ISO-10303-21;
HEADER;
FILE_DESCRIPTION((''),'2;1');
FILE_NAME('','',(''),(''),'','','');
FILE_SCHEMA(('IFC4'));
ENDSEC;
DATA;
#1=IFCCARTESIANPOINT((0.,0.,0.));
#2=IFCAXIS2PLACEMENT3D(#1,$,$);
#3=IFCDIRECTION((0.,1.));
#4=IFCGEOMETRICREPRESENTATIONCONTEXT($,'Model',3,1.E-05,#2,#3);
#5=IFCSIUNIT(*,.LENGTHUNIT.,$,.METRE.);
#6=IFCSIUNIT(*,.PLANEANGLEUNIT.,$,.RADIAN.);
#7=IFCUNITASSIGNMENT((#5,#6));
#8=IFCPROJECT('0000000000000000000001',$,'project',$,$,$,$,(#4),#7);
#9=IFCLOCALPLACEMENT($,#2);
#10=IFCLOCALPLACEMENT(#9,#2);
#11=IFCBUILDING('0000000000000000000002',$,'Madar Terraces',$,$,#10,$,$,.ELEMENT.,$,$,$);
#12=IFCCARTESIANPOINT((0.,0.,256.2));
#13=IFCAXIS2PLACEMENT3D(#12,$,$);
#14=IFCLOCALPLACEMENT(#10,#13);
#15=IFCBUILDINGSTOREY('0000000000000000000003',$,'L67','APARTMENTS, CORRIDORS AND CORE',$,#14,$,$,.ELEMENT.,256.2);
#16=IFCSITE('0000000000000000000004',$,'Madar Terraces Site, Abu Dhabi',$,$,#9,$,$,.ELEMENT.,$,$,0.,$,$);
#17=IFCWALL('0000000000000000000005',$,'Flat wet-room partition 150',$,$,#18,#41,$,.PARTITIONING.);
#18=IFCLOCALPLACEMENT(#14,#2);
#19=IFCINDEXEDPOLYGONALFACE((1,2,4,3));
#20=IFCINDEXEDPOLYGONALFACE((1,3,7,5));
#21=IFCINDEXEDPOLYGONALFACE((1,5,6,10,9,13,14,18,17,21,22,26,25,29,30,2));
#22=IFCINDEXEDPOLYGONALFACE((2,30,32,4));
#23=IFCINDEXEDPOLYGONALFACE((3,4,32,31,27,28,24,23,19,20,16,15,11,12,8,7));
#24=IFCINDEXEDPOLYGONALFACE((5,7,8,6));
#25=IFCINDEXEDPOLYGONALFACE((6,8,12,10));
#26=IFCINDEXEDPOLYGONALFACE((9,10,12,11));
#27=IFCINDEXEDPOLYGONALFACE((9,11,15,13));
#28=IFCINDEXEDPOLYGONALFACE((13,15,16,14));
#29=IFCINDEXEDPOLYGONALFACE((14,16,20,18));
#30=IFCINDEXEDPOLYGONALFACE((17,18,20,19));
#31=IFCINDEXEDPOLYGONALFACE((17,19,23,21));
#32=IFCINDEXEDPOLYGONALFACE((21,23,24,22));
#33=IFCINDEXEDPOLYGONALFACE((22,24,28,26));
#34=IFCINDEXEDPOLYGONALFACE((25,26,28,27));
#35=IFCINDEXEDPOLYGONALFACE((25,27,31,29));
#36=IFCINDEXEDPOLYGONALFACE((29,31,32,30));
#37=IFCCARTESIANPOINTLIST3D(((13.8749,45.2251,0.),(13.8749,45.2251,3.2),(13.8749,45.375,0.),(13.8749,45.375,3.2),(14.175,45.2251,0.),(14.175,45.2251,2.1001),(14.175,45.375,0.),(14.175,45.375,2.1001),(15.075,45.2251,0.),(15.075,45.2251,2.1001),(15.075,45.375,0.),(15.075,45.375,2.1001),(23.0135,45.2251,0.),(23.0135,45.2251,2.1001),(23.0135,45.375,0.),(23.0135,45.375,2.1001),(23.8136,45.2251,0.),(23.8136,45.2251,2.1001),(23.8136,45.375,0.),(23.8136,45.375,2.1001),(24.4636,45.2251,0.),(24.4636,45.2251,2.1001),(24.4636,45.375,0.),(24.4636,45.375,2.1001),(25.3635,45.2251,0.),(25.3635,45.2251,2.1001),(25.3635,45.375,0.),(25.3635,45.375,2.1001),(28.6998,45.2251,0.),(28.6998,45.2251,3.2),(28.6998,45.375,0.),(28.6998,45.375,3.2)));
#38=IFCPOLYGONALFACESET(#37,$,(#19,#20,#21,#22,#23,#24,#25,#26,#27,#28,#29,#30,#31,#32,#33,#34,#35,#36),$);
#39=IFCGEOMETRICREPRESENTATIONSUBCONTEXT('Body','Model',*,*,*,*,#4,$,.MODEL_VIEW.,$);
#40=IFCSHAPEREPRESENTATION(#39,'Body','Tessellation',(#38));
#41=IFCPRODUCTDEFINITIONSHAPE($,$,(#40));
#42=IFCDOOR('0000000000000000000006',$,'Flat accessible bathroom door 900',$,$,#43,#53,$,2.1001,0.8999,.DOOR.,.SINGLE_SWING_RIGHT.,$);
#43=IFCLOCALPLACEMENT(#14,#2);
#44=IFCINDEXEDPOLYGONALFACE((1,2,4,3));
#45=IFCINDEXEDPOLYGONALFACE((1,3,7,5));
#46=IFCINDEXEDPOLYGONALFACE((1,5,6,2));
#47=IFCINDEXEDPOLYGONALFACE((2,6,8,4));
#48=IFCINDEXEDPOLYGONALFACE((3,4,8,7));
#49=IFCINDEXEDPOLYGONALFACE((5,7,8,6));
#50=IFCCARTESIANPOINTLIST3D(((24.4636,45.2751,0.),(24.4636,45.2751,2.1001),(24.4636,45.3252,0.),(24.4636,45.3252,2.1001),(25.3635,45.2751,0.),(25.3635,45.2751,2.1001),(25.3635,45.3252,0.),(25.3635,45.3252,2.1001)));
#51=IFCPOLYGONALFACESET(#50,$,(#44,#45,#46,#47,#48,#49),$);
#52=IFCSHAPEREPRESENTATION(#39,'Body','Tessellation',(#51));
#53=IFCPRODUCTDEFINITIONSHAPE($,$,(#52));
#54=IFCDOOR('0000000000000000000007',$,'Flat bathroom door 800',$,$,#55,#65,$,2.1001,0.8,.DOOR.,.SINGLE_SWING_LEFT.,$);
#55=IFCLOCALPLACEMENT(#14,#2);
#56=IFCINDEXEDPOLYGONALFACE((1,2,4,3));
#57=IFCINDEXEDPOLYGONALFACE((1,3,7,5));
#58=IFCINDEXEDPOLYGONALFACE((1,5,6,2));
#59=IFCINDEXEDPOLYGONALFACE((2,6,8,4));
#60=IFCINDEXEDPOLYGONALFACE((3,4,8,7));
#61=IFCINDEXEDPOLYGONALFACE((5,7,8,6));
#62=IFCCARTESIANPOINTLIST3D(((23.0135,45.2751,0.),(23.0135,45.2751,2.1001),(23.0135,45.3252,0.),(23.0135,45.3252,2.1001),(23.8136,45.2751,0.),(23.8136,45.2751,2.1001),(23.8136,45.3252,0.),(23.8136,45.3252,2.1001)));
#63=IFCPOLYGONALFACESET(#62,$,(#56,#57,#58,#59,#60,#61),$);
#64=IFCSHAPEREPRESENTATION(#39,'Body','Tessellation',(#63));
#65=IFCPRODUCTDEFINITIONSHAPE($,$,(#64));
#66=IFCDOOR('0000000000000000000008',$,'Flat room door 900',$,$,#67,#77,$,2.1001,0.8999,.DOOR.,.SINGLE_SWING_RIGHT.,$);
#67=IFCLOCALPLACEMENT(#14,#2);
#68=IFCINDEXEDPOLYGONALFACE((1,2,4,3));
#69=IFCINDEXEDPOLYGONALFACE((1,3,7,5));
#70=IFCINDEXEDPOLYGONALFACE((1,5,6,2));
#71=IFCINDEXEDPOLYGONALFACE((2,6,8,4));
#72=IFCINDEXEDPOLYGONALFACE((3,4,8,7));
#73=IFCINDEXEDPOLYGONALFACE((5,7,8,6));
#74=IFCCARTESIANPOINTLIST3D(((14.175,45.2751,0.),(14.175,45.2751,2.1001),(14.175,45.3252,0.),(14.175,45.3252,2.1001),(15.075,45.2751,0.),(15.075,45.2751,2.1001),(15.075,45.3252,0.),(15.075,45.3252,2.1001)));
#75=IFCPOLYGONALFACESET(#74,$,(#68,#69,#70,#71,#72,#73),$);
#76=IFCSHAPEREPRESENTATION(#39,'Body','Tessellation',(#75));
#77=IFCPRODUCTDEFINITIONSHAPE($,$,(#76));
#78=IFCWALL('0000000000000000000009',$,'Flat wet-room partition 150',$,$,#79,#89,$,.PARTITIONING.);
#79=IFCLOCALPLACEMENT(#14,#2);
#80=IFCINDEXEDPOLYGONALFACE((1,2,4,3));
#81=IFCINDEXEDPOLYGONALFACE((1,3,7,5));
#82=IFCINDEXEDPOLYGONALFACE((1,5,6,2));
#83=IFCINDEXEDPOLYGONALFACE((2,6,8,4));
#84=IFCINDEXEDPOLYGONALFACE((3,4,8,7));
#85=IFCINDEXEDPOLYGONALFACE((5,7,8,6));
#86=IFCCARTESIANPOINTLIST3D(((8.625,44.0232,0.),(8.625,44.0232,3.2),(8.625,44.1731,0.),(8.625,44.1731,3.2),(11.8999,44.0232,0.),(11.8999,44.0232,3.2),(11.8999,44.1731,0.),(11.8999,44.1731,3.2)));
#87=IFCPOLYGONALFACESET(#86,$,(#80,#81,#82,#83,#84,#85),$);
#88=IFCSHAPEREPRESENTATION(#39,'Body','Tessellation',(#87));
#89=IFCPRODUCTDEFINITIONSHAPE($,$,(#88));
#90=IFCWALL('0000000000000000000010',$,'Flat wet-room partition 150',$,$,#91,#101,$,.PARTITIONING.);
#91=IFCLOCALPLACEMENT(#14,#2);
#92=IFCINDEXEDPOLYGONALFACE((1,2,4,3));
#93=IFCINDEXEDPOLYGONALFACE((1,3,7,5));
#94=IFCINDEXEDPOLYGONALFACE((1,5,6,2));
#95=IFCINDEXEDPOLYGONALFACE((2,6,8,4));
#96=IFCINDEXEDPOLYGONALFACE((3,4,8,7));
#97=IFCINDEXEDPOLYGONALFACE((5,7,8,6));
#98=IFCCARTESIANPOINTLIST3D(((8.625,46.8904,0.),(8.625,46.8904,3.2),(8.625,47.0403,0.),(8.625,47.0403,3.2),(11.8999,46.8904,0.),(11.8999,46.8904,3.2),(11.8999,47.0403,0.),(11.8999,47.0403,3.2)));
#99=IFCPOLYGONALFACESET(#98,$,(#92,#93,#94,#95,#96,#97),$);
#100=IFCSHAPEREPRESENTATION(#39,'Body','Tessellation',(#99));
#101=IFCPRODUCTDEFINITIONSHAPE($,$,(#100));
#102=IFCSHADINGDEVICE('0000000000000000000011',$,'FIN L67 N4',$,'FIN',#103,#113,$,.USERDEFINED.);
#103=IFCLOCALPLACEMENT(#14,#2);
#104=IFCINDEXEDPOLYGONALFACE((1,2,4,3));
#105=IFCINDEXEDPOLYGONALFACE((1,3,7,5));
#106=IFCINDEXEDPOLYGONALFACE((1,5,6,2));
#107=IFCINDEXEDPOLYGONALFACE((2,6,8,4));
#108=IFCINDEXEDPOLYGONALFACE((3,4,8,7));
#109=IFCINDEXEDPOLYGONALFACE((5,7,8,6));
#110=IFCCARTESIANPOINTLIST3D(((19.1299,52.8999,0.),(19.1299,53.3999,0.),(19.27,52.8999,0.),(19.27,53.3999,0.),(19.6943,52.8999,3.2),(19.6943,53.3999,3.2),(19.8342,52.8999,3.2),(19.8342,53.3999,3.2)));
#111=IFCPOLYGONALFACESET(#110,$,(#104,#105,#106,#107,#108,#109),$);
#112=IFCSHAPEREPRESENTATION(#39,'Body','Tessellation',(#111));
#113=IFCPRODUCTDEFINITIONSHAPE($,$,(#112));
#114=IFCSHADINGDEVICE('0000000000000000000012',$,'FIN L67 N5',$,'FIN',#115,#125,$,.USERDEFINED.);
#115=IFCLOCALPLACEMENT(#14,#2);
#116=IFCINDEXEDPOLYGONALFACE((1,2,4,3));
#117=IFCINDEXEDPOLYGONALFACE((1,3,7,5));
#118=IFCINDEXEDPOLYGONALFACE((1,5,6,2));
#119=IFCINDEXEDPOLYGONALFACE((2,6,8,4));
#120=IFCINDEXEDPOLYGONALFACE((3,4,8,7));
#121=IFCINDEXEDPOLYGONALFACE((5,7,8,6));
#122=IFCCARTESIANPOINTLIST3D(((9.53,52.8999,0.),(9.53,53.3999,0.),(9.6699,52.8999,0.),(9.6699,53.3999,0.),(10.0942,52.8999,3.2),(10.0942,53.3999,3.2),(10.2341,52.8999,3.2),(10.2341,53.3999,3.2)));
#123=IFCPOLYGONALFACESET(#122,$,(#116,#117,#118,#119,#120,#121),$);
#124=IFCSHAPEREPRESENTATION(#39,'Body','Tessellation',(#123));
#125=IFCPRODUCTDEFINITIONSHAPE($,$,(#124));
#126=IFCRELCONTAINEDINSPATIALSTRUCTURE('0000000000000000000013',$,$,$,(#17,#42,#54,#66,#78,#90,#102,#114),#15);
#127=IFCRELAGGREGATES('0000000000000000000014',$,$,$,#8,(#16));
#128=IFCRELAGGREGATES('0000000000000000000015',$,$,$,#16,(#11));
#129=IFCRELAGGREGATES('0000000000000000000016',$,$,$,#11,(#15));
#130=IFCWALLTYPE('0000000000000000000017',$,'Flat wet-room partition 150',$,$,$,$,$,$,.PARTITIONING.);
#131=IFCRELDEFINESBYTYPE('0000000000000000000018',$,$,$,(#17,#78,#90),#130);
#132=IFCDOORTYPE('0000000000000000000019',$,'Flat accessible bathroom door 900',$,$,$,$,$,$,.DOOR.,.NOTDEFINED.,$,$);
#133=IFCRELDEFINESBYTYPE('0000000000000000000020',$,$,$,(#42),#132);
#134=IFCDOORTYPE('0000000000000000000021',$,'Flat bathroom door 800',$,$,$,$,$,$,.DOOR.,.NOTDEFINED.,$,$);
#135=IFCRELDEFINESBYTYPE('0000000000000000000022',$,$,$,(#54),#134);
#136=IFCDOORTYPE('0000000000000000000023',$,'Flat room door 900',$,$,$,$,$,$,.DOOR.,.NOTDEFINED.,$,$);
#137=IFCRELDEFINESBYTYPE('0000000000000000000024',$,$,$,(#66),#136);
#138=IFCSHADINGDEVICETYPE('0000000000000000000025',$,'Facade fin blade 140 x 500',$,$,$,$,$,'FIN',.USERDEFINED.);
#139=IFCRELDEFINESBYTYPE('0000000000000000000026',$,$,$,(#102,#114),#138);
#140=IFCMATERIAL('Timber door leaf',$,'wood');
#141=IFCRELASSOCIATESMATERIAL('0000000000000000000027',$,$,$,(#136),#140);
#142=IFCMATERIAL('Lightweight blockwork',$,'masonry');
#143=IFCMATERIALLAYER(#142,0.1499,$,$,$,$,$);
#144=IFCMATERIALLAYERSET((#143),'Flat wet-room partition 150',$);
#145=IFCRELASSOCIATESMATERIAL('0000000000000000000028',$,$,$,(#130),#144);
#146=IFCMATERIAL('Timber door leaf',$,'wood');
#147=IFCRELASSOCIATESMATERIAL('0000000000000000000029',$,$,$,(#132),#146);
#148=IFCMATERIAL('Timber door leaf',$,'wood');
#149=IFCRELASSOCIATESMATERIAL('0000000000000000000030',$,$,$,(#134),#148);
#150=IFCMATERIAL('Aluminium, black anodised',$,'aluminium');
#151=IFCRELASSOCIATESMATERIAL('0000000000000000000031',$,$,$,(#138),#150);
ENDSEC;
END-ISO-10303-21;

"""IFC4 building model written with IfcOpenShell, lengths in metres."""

from ifc_helpers import new_model, si_unit, direction, frame, frame_2d, origin, place, context, subcontext, project, spatial, polyline, rectangle, outline, extrude, material, layer, layer_set, type_object, element, fill, save


model = new_model("IFC4")

# Units and contexts
model_context = context("Model", 3, precision=1e-05, world=origin(), true_north=direction((0.0, 1.0)))
body_context = subcontext(model_context, "Body", "Model", "MODEL_VIEW")
ifc_project = project(units=[si_unit("LENGTHUNIT", "METRE"), si_unit("PLANEANGLEUNIT", "RADIAN")], contexts=[model_context])

# Site, building, storey
site_placement = place(None, origin())
site = spatial("IfcSite", under=ifc_project, at=site_placement, Name="Madar Terraces Site, Abu Dhabi", CompositionType="ELEMENT", RefElevation=0.0)
building_placement = place(site_placement, origin())
building = spatial("IfcBuilding", under=site, at=building_placement, Name="Madar Terraces", CompositionType="ELEMENT")
storey_placement = place(building_placement, frame((0.0, 0.0, 256.2)))
storey = spatial("IfcBuildingStorey", under=building, at=storey_placement, Name="L67", Description="APARTMENTS, CORRIDORS AND CORE", CompositionType="ELEMENT", Elevation=256.2)

# Shared definitions
ifc_material_1 = material(Name="Timber door leaf", Category="wood")
door_type_1 = type_object("IfcDoorType", Name="Flat room door 900", OperationType="NOTDEFINED", PredefinedType="DOOR", material=ifc_material_1)

# Wall, openings, doors
ifc_material_2 = material(Name="Lightweight blockwork", Category="masonry")
ifc_layer_1 = layer(ifc_material_2, 0.1499)
ifc_layer_set_1 = layer_set([ifc_layer_1], Name="Flat wet-room partition 150")
wall_type_1 = type_object("IfcWallType", Name="Flat wet-room partition 150", PredefinedType="PARTITIONING", material=ifc_layer_set_1)
wall_1_placement = place(storey_placement, frame((28.7, 45.3, 0.0), z_axis=(0.0, 0.0, 1.0), x_axis=(-1.0, 0.0, 0.0)))
wall_1 = element("IfcWall", 1, at=wall_1_placement, inside=storey, type_object=wall_type_1, Name="Flat wet-room partition 150", PredefinedType="PARTITIONING", context=body_context, shape_type="SweptSolid", body=[
    extrude(rectangle(XDim=14.825, YDim=0.1499, at=frame_2d((7.4126, 0.0))), origin(), (0.0, 0.0, 1.0), 3.2),
])
opening_1_placement = place(wall_1_placement, frame((13.625, 0.0, 0.0)))
opening_1 = element("IfcOpeningElement", 2, at=opening_1_placement, cuts=wall_1, PredefinedType="OPENING", context=body_context, shape_type="SweptSolid", body=[
    extrude(rectangle(XDim=0.8999, YDim=2.1001, at=frame_2d((0.45, 1.05))), frame((0.0, 0.085, 0.0), z_axis=(0.0, -1.0, 0.0), x_axis=(1.0, 0.0, 0.0)), (0.0, 0.0, 1.0), 0.1699),
])
opening_2_placement = place(wall_1_placement, frame((4.8865, 0.0, 0.0)))
opening_2 = element("IfcOpeningElement", 3, at=opening_2_placement, cuts=wall_1, PredefinedType="OPENING", context=body_context, shape_type="SweptSolid", body=[
    extrude(rectangle(XDim=0.8, YDim=2.1001, at=frame_2d((0.3999, 1.05))), frame((0.0, 0.085, 0.0), z_axis=(0.0, -1.0, 0.0), x_axis=(1.0, 0.0, 0.0)), (0.0, 0.0, 1.0), 0.1699),
])
opening_3_placement = place(wall_1_placement, frame((3.3364, 0.0, 0.0)))
opening_3 = element("IfcOpeningElement", 4, at=opening_3_placement, cuts=wall_1, PredefinedType="OPENING", context=body_context, shape_type="SweptSolid", body=[
    extrude(rectangle(XDim=0.8999, YDim=2.1001, at=frame_2d((0.45, 1.05))), frame((0.0, 0.085, 0.0), z_axis=(0.0, -1.0, 0.0), x_axis=(1.0, 0.0, 0.0)), (0.0, 0.0, 1.0), 0.1699),
])
ifc_material_3 = material(Name="Timber door leaf", Category="wood")
door_type_2 = type_object("IfcDoorType", Name="Flat accessible bathroom door 900", OperationType="NOTDEFINED", PredefinedType="DOOR", material=ifc_material_3)
door_1_placement = place(opening_3_placement, origin())
door_1 = element("IfcDoor", 5, at=door_1_placement, inside=storey, type_object=door_type_2, Name="Flat accessible bathroom door 900", OperationType="SINGLE_SWING_RIGHT", OverallHeight=2.1001, OverallWidth=0.8999, PredefinedType="DOOR", context=body_context, shape_type="SweptSolid", body=[
    extrude(rectangle(XDim=0.8999, YDim=2.1001, at=frame_2d((0.45, 1.05))), frame((0.0, 0.0249, 0.0), z_axis=(0.0, -1.0, 0.0), x_axis=(1.0, 0.0, 0.0)), (0.0, 0.0, 1.0), 0.05),
])
fill(opening_3, door_1)
ifc_material_4 = material(Name="Timber door leaf", Category="wood")
door_type_3 = type_object("IfcDoorType", Name="Flat bathroom door 800", OperationType="NOTDEFINED", PredefinedType="DOOR", material=ifc_material_4)
door_2_placement = place(opening_2_placement, origin())
door_2 = element("IfcDoor", 6, at=door_2_placement, inside=storey, type_object=door_type_3, Name="Flat bathroom door 800", OperationType="SINGLE_SWING_LEFT", OverallHeight=2.1001, OverallWidth=0.8, PredefinedType="DOOR", context=body_context, shape_type="SweptSolid", body=[
    extrude(rectangle(XDim=0.8, YDim=2.1001, at=frame_2d((0.3999, 1.05))), frame((0.0, 0.0249, 0.0), z_axis=(0.0, -1.0, 0.0), x_axis=(1.0, 0.0, 0.0)), (0.0, 0.0, 1.0), 0.05),
])
fill(opening_2, door_2)
door_3_placement = place(opening_1_placement, origin())
door_3 = element("IfcDoor", 7, at=door_3_placement, inside=storey, type_object=door_type_1, Name="Flat room door 900", OperationType="SINGLE_SWING_RIGHT", OverallHeight=2.1001, OverallWidth=0.8999, PredefinedType="DOOR", context=body_context, shape_type="SweptSolid", body=[
    extrude(rectangle(XDim=0.8999, YDim=2.1001, at=frame_2d((0.45, 1.05))), frame((0.0, 0.0249, 0.0), z_axis=(0.0, -1.0, 0.0), x_axis=(1.0, 0.0, 0.0)), (0.0, 0.0, 1.0), 0.05),
])
fill(opening_1, door_3)

# Walls
for number, where, z_axis, x_axis, name in (
    (8, (11.8999, 44.0981, 0.0), (0.0, 0.0, 1.0), (-1.0, 0.0, 0.0), "Flat wet-room partition 150"),
    (9, (11.8999, 46.9653, 0.0), (0.0, 0.0, 1.0), (-1.0, 0.0, 0.0), "Flat wet-room partition 150"),
):
    element("IfcWall", number, at=place(storey_placement, frame(where, z_axis=z_axis, x_axis=x_axis)), inside=storey, type_object=wall_type_1, Name=name, PredefinedType="PARTITIONING", context=body_context, shape_type="SweptSolid", body=[
        extrude(rectangle(XDim=3.2749, YDim=0.1499, at=frame_2d((1.6375, 0.0))), origin(), (0.0, 0.0, 1.0), 3.2),
    ])

# Shading devices
ifc_material_5 = material(Name="Aluminium, black anodised", Category="aluminium")
shading_device_type = type_object("IfcShadingDeviceType", Name="Facade fin blade 140 x 500", ElementType="FIN", PredefinedType="USERDEFINED", material=ifc_material_5)
shading_device_1_placement = place(storey_placement, frame((19.27, 53.1499, 0.0), z_axis=(0.0, 0.0, 1.0), x_axis=(-1.0, 0.0, 0.0)))
element("IfcShadingDevice", 10, at=shading_device_1_placement, inside=storey, type_object=shading_device_type, Name="FIN L67 N4", ObjectType="FIN", PredefinedType="USERDEFINED", context=body_context, shape_type="SweptSolid", body=[
    extrude(outline(polyline([(0.0, 0.0), (0.1401, 0.0), (-0.4243, 3.2), (-0.5642, 3.2), (0.0, 0.0)])), frame((0.0, 0.25, 0.0), z_axis=(0.0, -1.0, 0.0), x_axis=(1.0, 0.0, 0.0)), (0.0, 0.0, 1.0), 0.5),
])
shading_device_2_placement = place(storey_placement, frame((9.6699, 53.1499, 0.0), z_axis=(0.0, 0.0, 1.0), x_axis=(-1.0, 0.0, 0.0)))
element("IfcShadingDevice", 11, at=shading_device_2_placement, inside=storey, type_object=shading_device_type, Name="FIN L67 N5", ObjectType="FIN", PredefinedType="USERDEFINED", context=body_context, shape_type="SweptSolid", body=[
    extrude(outline(polyline([(0.0, 0.0), (0.1399, 0.0), (-0.4243, 3.2), (-0.5642, 3.2), (0.0, 0.0)])), frame((0.0, 0.25, 0.0), z_axis=(0.0, -1.0, 0.0), x_axis=(1.0, 0.0, 0.0)), (0.0, 0.0, 1.0), 0.5),
])

save(model, "model.ifc")
